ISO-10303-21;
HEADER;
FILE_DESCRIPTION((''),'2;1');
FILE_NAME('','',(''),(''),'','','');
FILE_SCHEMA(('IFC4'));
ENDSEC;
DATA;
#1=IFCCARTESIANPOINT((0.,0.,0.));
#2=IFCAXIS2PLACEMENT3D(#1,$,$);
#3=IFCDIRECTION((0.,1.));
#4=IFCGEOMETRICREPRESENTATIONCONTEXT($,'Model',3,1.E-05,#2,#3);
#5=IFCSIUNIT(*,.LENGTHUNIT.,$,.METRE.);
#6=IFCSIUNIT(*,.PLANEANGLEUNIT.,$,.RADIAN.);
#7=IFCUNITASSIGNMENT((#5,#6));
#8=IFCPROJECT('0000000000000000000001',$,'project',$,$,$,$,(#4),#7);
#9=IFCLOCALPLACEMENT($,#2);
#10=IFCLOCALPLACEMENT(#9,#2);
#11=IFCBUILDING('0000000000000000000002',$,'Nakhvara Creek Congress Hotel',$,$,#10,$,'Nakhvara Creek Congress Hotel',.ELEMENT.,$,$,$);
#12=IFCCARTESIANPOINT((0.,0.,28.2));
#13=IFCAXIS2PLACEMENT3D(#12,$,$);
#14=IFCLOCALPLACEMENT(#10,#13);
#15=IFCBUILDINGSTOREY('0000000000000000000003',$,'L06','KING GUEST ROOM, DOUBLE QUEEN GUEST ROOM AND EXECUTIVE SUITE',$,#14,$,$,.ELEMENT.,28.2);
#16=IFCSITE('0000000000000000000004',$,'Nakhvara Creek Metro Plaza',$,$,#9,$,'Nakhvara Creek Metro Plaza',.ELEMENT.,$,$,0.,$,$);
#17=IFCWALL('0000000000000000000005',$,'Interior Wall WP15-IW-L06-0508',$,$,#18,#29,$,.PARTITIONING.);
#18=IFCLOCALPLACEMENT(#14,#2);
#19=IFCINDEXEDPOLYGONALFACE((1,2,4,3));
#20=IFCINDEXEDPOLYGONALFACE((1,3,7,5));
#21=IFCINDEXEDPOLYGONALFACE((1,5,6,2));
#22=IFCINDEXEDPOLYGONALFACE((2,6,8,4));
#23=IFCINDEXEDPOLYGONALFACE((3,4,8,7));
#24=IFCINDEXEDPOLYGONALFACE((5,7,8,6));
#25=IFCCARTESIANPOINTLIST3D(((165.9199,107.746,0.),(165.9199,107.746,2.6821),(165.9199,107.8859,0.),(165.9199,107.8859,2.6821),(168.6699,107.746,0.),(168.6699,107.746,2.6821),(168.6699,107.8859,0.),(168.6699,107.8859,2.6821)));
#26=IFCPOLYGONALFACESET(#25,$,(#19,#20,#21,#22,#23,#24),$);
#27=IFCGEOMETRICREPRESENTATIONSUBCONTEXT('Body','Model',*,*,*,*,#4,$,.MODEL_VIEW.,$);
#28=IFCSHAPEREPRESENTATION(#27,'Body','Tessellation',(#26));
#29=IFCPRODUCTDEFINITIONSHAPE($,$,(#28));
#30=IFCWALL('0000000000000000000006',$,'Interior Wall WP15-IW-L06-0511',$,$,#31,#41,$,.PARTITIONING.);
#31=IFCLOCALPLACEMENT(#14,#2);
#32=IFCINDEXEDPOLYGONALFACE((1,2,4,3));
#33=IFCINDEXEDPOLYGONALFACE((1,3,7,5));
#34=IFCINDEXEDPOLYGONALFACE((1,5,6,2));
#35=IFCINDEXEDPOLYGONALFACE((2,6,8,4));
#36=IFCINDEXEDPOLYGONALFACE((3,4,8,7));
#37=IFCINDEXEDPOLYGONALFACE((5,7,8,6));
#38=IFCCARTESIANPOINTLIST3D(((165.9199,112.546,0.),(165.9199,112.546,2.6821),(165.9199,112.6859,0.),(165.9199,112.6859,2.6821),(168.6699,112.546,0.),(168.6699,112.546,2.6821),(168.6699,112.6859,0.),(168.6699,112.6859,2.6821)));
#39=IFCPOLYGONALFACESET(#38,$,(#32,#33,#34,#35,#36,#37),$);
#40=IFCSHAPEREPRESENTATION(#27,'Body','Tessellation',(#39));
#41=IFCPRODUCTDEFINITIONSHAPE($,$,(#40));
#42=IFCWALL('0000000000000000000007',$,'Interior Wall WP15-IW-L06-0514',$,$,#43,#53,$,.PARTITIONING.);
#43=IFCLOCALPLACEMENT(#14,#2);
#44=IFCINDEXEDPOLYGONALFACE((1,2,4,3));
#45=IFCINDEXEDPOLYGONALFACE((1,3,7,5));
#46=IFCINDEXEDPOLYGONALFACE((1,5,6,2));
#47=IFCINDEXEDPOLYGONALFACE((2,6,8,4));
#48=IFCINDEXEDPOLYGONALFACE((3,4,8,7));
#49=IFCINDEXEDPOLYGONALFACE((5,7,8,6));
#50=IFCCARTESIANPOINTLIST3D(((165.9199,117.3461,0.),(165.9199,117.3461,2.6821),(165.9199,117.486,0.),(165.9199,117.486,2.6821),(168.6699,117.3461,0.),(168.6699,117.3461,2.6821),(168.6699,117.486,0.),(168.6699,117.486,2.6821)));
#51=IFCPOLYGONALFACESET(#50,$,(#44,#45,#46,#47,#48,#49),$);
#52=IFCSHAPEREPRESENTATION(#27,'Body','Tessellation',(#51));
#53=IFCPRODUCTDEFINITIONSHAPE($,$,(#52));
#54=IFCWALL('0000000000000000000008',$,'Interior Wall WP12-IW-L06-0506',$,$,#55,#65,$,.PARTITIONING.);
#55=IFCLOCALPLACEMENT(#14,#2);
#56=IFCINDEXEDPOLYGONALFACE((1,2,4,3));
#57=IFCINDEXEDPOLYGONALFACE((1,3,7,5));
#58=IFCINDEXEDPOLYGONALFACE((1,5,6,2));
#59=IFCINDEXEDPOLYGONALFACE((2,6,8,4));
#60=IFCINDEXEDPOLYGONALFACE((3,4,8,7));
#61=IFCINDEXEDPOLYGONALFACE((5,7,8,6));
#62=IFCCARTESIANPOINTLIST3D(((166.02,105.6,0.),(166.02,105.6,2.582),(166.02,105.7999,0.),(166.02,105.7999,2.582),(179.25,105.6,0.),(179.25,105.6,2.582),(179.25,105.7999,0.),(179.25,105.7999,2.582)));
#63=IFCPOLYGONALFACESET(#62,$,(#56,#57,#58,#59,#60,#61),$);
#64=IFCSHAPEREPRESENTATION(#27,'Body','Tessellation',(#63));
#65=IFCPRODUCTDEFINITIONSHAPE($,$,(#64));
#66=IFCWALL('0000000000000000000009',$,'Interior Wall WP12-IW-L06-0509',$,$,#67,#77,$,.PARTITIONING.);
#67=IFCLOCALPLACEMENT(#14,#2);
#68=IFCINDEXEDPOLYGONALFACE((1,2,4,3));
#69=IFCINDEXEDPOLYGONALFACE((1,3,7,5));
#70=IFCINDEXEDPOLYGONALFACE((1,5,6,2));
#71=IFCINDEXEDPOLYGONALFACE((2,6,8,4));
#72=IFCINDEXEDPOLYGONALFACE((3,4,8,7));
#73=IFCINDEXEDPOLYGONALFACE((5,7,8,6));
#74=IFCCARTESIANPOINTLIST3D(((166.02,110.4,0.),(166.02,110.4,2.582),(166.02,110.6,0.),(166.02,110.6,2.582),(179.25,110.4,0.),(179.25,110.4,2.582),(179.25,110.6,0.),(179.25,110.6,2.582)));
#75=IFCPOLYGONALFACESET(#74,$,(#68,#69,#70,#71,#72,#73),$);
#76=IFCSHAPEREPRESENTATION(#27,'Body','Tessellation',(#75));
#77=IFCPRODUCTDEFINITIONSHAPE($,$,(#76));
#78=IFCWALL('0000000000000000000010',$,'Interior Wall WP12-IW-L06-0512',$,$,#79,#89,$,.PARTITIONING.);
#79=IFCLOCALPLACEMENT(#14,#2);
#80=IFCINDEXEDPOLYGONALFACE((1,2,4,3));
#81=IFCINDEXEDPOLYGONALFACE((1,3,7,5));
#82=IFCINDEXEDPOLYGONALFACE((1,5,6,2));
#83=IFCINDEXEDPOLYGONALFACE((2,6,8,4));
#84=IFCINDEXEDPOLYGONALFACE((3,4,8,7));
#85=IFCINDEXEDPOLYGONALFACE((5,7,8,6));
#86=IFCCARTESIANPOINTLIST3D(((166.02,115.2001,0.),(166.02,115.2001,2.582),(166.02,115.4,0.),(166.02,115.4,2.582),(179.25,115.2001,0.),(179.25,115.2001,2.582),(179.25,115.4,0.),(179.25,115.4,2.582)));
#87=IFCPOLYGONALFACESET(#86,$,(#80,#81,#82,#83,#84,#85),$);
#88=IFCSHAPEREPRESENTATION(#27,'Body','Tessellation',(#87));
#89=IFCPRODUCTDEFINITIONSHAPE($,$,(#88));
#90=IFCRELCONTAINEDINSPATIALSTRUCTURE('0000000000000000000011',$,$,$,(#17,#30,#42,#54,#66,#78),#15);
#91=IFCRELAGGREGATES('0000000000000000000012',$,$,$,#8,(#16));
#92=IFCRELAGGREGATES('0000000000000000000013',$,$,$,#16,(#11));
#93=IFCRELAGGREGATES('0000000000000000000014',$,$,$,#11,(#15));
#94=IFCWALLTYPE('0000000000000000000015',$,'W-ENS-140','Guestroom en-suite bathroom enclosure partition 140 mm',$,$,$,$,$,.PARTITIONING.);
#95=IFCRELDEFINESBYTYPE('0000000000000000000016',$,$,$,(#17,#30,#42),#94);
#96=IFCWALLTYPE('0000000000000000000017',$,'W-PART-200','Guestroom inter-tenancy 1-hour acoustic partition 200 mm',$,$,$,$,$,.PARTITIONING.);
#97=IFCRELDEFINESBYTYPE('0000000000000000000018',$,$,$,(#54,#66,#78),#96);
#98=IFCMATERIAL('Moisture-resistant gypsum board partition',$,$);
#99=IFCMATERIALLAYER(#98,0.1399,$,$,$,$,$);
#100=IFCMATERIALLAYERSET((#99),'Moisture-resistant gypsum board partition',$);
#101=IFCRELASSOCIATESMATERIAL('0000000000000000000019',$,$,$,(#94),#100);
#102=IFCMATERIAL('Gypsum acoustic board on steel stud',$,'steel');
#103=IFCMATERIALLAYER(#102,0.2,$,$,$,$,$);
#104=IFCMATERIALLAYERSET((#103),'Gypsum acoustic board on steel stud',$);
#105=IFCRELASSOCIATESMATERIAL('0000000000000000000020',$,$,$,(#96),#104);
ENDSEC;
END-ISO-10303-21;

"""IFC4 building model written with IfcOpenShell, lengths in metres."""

from ifc_helpers import new_model, si_unit, direction, frame, frame_2d, origin, place, context, subcontext, project, spatial, rectangle, extrude, material, layer, layer_set, type_object, element, save


model = new_model("IFC4")

# Units and contexts
model_context = context("Model", 3, precision=1e-05, world=origin(), true_north=direction((0.0, 1.0)))
body_context = subcontext(model_context, "Body", "Model", "MODEL_VIEW")
ifc_project = project(units=[si_unit("LENGTHUNIT", "METRE"), si_unit("PLANEANGLEUNIT", "RADIAN")], contexts=[model_context])

# Site, building, storey
site_placement = place(None, origin())
site = spatial("IfcSite", under=ifc_project, at=site_placement, Name="Nakhvara Creek Metro Plaza", LongName="Nakhvara Creek Metro Plaza", CompositionType="ELEMENT", RefElevation=0.0)
building_placement = place(site_placement, origin())
building = spatial("IfcBuilding", under=site, at=building_placement, Name="Nakhvara Creek Congress Hotel", LongName="Nakhvara Creek Congress Hotel", CompositionType="ELEMENT")
storey_placement = place(building_placement, frame((0.0, 0.0, 28.2)))
storey = spatial("IfcBuildingStorey", under=building, at=storey_placement, Name="L06", Description="KING GUEST ROOM, DOUBLE QUEEN GUEST ROOM AND EXECUTIVE SUITE", CompositionType="ELEMENT", Elevation=28.2)

# Walls
ifc_material_1 = material(Name="Moisture-resistant gypsum board partition")
ifc_layer_1 = layer(ifc_material_1, 0.1399)
ifc_layer_set_1 = layer_set([ifc_layer_1], Name="Moisture-resistant gypsum board partition")
wall_type_1 = type_object("IfcWallType", Name="W-ENS-140", Description="Guestroom en-suite bathroom enclosure partition 140 mm", PredefinedType="PARTITIONING", material=ifc_layer_set_1)
for number, where, z_axis, x_axis, name in (
    (1, (165.9199, 107.8159, 0.0), (0.0, 0.0, 1.0), (1.0, 0.0, 0.0), "Interior Wall WP15-IW-L06-0508"),
    (2, (165.9199, 112.616, 0.0), (0.0, 0.0, 1.0), (1.0, 0.0, 0.0), "Interior Wall WP15-IW-L06-0511"),
    (3, (165.9199, 117.416, 0.0), (0.0, 0.0, 1.0), (1.0, 0.0, 0.0), "Interior Wall WP15-IW-L06-0514"),
):
    element("IfcWall", number, at=place(storey_placement, frame(where, z_axis=z_axis, x_axis=x_axis)), inside=storey, type_object=wall_type_1, Name=name, PredefinedType="PARTITIONING", context=body_context, shape_type="SweptSolid", body=[
        extrude(rectangle(XDim=2.75, YDim=0.1399, at=frame_2d((1.375, 0.0))), origin(), (0.0, 0.0, 1.0), 2.6821),
    ])
ifc_material_2 = material(Name="Gypsum acoustic board on steel stud", Category="steel")
ifc_layer_2 = layer(ifc_material_2, 0.2)
ifc_layer_set_2 = layer_set([ifc_layer_2], Name="Gypsum acoustic board on steel stud")
wall_type_2 = type_object("IfcWallType", Name="W-PART-200", Description="Guestroom inter-tenancy 1-hour acoustic partition 200 mm", PredefinedType="PARTITIONING", material=ifc_layer_set_2)
for number, where, z_axis, x_axis, name in (
    (4, (166.02, 105.7, 0.0), (0.0, 0.0, 1.0), (1.0, 0.0, 0.0), "Interior Wall WP12-IW-L06-0506"),
    (5, (166.02, 110.5, 0.0), (0.0, 0.0, 1.0), (1.0, 0.0, 0.0), "Interior Wall WP12-IW-L06-0509"),
    (6, (166.02, 115.3, 0.0), (0.0, 0.0, 1.0), (1.0, 0.0, 0.0), "Interior Wall WP12-IW-L06-0512"),
):
    element("IfcWall", number, at=place(storey_placement, frame(where, z_axis=z_axis, x_axis=x_axis)), inside=storey, type_object=wall_type_2, Name=name, PredefinedType="PARTITIONING", context=body_context, shape_type="SweptSolid", body=[
        extrude(rectangle(XDim=13.23, YDim=0.2, at=frame_2d((6.615, 0.0))), origin(), (0.0, 0.0, 1.0), 2.582),
    ])

save(model, "model.ifc")
